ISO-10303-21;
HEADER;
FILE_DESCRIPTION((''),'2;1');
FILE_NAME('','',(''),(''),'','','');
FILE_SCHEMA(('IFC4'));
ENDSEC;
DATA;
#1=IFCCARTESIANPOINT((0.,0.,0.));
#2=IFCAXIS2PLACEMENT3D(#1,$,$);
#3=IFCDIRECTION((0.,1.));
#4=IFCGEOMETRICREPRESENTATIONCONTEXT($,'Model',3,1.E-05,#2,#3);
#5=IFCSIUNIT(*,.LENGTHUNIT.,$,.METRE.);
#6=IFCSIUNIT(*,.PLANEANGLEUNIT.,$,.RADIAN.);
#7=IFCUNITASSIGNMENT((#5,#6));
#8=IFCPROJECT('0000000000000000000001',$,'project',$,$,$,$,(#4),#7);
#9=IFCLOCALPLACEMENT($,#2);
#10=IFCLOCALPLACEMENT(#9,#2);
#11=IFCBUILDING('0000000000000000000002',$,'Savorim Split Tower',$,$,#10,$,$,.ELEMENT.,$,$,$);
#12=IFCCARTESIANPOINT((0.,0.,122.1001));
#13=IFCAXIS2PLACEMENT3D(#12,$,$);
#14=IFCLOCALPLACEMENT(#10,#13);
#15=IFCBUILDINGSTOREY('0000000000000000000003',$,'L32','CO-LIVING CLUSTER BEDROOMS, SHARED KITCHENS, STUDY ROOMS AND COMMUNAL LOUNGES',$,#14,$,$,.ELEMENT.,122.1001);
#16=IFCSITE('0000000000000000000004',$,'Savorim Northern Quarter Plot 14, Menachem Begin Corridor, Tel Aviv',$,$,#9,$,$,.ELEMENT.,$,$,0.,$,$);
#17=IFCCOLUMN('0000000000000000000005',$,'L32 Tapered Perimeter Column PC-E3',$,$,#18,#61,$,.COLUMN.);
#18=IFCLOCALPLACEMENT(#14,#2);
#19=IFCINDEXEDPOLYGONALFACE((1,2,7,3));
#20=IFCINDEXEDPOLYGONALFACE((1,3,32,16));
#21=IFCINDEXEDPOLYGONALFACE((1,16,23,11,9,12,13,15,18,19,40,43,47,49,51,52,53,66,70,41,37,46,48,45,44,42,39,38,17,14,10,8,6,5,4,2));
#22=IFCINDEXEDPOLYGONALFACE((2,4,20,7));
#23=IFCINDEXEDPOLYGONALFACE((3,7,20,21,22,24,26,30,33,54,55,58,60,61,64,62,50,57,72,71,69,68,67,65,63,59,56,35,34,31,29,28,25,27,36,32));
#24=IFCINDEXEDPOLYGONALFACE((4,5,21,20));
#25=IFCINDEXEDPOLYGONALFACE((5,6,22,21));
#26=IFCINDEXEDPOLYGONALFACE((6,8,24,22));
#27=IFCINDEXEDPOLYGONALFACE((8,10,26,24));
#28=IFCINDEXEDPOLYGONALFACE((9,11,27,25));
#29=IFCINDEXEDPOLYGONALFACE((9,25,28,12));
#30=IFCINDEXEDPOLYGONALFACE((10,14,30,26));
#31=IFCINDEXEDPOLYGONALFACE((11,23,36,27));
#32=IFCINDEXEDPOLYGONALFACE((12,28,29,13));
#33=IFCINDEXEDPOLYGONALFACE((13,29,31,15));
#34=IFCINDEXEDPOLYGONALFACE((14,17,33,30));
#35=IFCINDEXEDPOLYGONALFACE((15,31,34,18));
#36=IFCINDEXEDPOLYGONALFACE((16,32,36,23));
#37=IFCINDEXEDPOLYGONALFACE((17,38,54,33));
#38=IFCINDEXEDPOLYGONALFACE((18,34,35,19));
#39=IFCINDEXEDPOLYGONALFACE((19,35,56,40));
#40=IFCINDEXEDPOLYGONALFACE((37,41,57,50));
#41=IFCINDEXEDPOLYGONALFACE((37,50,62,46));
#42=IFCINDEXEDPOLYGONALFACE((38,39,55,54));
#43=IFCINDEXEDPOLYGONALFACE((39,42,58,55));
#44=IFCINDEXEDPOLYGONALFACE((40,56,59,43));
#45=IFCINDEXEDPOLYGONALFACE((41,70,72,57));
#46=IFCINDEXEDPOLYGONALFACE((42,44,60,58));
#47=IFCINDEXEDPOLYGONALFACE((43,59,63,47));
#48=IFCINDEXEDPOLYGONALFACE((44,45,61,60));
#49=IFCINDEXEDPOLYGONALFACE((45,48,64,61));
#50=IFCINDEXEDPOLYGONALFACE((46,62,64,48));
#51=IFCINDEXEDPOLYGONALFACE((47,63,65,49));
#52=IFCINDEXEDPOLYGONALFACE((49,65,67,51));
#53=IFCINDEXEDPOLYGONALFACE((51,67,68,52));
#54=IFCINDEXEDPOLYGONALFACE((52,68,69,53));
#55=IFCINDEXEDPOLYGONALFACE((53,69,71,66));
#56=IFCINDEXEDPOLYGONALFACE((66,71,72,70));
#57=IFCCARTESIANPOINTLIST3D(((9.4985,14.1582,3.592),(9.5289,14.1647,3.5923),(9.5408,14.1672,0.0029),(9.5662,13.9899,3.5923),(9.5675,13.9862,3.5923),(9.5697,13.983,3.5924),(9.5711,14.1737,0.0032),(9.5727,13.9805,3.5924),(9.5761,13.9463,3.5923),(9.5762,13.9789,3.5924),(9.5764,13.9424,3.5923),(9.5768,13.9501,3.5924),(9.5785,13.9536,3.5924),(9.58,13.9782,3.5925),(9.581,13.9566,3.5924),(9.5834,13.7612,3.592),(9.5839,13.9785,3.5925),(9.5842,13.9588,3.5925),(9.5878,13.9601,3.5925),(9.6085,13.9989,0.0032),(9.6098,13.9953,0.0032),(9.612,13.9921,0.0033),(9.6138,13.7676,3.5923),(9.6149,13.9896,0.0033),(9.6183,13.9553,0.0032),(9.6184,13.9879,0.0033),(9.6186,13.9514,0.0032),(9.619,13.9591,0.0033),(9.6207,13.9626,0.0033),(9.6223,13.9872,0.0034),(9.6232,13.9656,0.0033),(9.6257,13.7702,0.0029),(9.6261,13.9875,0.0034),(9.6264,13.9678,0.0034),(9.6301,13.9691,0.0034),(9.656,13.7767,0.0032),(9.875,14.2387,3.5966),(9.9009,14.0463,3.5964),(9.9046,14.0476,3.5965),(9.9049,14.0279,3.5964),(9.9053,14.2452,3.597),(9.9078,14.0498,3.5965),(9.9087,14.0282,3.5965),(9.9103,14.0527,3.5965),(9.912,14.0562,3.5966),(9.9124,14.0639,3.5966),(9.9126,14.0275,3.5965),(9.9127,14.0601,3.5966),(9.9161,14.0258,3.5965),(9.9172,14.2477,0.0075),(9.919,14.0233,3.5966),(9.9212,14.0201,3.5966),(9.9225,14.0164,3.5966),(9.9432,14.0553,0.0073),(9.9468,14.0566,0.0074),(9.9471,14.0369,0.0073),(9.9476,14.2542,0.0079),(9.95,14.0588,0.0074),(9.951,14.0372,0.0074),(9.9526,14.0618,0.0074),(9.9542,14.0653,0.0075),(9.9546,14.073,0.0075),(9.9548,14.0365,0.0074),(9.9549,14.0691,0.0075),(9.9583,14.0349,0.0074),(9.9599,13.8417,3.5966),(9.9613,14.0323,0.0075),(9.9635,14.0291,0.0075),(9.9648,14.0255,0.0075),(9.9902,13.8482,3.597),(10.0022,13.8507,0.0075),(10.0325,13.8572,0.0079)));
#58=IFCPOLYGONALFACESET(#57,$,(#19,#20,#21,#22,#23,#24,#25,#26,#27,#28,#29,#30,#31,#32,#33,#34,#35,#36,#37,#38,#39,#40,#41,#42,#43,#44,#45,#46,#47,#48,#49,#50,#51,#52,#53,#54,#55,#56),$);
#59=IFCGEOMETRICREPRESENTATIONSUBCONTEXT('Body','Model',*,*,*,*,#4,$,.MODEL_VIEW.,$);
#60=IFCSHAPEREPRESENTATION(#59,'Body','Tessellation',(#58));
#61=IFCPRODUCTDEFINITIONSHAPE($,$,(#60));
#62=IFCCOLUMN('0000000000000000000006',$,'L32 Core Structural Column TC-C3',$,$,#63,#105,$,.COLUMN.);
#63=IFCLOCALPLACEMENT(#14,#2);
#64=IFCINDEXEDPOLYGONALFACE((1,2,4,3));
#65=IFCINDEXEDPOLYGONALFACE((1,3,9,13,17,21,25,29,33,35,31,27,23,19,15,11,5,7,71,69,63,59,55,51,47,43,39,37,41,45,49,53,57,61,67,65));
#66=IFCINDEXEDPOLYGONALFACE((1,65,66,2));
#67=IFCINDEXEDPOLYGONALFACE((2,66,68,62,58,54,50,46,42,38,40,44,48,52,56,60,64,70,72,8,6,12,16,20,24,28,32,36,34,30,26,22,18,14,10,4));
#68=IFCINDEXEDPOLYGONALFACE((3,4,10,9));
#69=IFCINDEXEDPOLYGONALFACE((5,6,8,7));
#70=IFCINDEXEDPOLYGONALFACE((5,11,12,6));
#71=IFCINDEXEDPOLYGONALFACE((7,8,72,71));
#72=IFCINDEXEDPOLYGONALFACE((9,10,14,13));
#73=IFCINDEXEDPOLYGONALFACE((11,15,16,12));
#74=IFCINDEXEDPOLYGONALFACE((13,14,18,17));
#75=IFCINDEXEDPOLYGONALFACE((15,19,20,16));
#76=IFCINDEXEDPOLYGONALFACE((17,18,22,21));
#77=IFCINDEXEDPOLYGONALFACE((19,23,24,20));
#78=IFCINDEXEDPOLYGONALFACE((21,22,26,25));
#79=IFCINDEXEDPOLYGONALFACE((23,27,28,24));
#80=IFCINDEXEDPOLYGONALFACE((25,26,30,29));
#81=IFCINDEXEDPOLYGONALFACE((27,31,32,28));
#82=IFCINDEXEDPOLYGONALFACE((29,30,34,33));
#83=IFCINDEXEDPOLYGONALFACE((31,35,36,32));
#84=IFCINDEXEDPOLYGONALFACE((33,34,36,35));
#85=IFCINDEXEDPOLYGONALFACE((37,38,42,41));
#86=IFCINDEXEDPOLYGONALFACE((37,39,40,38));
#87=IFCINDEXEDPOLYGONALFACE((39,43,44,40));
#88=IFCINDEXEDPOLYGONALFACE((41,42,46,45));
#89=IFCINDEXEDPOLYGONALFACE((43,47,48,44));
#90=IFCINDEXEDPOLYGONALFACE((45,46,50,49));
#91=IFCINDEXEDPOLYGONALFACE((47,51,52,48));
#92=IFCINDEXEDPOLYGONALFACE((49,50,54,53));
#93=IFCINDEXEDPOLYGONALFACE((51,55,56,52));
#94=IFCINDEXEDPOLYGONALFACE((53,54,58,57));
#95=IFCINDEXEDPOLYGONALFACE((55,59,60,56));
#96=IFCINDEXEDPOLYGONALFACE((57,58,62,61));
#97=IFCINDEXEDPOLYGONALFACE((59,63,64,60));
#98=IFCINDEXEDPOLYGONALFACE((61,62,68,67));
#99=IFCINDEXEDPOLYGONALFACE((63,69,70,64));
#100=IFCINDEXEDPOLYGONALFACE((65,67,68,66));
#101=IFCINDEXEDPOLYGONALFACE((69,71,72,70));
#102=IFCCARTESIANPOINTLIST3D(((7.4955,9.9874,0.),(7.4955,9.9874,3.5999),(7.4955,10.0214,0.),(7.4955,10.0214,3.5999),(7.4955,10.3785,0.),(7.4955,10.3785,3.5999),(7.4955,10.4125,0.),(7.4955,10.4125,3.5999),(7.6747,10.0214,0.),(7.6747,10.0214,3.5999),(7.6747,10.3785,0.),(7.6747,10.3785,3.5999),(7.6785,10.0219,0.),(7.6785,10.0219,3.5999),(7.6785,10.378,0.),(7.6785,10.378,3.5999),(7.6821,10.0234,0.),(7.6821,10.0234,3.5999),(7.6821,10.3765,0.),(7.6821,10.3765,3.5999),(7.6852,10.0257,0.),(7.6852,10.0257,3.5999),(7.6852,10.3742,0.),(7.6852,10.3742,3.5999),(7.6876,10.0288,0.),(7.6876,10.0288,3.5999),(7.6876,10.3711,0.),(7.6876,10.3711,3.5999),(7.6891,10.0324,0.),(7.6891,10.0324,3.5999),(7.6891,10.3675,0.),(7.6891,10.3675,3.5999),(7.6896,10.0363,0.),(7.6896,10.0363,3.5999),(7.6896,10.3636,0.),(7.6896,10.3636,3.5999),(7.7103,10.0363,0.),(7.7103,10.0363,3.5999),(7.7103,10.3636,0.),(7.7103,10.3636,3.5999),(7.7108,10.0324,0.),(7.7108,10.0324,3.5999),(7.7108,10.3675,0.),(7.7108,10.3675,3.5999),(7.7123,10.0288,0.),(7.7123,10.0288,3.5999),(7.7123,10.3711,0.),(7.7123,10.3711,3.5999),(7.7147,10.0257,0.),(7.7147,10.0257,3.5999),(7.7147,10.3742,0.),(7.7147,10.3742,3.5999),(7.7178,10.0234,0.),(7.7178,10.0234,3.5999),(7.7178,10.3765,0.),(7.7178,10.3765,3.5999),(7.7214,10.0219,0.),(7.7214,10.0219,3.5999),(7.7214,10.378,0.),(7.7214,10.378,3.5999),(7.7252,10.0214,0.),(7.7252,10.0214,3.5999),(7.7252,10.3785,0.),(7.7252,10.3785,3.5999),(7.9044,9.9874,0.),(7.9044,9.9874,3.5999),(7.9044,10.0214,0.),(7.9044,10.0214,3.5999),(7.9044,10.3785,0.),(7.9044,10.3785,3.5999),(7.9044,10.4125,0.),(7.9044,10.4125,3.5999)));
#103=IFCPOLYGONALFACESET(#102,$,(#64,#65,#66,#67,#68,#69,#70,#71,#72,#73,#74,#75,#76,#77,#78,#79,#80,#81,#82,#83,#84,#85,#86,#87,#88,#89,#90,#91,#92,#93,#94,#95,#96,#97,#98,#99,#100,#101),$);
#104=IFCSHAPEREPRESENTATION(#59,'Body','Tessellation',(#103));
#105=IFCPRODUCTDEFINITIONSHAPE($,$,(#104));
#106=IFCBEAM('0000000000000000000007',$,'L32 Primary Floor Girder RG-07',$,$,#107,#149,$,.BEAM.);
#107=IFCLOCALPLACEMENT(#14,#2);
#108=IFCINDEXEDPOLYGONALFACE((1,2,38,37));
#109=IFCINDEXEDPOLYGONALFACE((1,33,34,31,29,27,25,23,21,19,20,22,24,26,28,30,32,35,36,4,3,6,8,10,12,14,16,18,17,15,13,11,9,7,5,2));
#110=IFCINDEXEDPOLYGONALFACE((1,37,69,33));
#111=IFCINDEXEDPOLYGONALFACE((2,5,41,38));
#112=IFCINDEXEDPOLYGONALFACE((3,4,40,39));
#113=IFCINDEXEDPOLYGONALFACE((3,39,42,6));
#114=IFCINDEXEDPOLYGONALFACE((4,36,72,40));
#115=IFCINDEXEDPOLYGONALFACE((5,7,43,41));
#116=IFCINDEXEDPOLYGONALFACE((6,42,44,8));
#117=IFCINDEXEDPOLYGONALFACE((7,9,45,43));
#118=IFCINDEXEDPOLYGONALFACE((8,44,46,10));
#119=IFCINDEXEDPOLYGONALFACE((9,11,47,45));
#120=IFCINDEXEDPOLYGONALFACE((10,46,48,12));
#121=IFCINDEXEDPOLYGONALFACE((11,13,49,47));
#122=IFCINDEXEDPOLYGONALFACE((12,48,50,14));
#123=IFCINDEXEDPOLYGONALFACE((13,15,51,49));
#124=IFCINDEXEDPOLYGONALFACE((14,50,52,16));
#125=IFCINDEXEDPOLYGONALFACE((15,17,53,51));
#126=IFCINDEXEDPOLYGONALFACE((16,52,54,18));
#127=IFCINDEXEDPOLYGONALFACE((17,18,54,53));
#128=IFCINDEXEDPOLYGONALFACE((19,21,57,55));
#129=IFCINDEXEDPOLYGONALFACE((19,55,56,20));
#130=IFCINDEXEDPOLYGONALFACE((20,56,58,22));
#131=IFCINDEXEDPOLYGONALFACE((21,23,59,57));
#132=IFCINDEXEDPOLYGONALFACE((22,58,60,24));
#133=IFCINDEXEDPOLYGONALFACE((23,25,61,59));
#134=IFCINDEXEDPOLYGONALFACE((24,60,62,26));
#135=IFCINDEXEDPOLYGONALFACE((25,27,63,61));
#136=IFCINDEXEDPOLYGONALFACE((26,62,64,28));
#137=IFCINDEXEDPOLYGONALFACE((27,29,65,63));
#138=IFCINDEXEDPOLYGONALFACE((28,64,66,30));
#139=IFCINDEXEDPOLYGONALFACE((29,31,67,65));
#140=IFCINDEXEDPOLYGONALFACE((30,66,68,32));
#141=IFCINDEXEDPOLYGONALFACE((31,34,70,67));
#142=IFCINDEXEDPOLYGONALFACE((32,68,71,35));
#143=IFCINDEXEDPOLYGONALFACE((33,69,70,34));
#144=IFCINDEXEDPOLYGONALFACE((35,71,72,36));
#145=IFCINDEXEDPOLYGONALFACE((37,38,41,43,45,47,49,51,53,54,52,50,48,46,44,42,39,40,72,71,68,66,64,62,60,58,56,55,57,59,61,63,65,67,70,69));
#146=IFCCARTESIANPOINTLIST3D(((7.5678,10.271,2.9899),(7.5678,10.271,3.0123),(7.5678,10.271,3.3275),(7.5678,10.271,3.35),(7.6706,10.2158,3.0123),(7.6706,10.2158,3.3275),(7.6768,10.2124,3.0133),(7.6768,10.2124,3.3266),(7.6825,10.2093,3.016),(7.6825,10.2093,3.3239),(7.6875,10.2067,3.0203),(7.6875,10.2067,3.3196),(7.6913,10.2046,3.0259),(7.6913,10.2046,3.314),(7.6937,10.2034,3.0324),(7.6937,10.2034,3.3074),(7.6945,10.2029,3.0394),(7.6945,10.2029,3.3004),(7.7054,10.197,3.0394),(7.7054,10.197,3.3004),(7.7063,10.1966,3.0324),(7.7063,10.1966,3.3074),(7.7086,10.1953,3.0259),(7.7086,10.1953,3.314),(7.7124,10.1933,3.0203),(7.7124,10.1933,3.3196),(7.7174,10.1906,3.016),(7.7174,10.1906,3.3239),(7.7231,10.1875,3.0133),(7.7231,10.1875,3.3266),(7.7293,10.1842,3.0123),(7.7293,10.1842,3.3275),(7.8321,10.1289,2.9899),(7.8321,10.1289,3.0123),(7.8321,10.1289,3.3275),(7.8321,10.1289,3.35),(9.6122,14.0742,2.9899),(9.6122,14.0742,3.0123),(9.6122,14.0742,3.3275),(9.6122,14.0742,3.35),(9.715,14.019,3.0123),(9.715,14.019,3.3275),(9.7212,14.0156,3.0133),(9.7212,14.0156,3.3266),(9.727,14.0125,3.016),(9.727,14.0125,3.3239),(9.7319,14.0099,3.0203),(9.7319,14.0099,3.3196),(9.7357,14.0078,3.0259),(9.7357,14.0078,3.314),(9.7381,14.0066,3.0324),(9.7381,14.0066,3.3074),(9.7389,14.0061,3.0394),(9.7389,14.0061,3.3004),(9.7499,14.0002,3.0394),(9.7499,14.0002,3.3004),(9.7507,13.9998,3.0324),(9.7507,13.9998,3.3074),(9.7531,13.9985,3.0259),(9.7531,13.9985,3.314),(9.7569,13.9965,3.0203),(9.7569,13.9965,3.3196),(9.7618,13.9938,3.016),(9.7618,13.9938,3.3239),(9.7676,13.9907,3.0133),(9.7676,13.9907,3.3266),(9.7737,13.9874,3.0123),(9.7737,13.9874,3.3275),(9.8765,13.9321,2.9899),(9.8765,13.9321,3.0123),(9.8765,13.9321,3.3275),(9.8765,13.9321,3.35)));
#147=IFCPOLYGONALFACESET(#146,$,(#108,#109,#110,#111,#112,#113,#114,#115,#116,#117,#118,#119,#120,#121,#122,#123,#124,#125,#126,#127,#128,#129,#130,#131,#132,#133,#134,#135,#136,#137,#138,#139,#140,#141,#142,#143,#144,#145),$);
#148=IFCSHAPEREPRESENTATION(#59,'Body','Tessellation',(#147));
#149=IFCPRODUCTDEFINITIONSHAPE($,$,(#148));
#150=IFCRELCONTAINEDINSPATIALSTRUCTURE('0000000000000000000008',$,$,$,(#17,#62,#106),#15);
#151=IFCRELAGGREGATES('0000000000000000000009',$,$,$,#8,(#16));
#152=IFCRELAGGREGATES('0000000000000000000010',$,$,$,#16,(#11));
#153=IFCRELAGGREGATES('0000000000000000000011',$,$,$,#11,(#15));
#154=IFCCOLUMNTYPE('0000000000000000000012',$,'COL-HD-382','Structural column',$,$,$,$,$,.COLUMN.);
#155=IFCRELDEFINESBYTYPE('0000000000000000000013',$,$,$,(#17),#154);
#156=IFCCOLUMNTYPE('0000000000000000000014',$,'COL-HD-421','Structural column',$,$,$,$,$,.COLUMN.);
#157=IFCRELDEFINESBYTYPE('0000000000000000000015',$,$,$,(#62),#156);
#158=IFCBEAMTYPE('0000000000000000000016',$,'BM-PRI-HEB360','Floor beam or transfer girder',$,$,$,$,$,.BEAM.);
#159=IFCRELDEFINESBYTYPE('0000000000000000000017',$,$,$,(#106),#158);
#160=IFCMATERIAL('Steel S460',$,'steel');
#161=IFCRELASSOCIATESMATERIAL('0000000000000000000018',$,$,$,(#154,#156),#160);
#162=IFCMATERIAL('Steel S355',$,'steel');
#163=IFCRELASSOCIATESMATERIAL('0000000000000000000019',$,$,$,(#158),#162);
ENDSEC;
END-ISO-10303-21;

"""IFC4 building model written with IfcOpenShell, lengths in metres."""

from ifc_helpers import new_model, si_unit, direction, frame, origin, origin_2d, place, context, subcontext, project, spatial, i_section, extrude, material, material_profile, profile_set, type_object, element, save


model = new_model("IFC4")

# Units and contexts
model_context = context("Model", 3, precision=1e-05, world=origin(), true_north=direction((0.0, 1.0)))
body_context = subcontext(model_context, "Body", "Model", "MODEL_VIEW")
ifc_project = project(units=[si_unit("LENGTHUNIT", "METRE"), si_unit("PLANEANGLEUNIT", "RADIAN")], contexts=[model_context])

# Site, building, storey
site_placement = place(None, origin())
site = spatial("IfcSite", under=ifc_project, at=site_placement, Name="Savorim Northern Quarter Plot 14, Menachem Begin Corridor, Tel Aviv", CompositionType="ELEMENT", RefElevation=0.0)
building_placement = place(site_placement, origin())
building = spatial("IfcBuilding", under=site, at=building_placement, Name="Savorim Split Tower", CompositionType="ELEMENT")
storey_placement = place(building_placement, frame((0.0, 0.0, 122.1001)))
storey = spatial("IfcBuildingStorey", under=building, at=storey_placement, Name="L32", Description="CO-LIVING CLUSTER BEDROOMS, SHARED KITCHENS, STUDY ROOMS AND COMMUNAL LOUNGES", CompositionType="ELEMENT", Elevation=122.1001)

# Columns
ifc_material_1 = material(Name="Steel S460", Category="steel")
ifc_material_profile_1 = material_profile(ifc_material_1, i_section(OverallWidth=0.406, OverallDepth=0.416, WebThickness=0.0188, FlangeThickness=0.031, FilletRadius=0.0149, at=origin_2d()), Name="HD 400x382")
ifc_profile_set_1 = profile_set([ifc_material_profile_1], Name="Steel S460")
column_type_1 = type_object("IfcColumnType", Name="COL-HD-382", Description="Structural column", PredefinedType="COLUMN", material=ifc_profile_set_1)
column_1_placement = place(storey_placement, frame((9.7866, 14.0122, 0.0054), z_axis=(-0.011767, -0.002517, 0.999928), x_axis=(0.209143, -0.977885, 0.0)))
element("IfcColumn", 1, at=column_1_placement, inside=storey, type_object=column_type_1, Name="L32 Tapered Perimeter Column PC-E3", PredefinedType="COLUMN", context=body_context, shape_type="SweptSolid", body=[
    extrude(i_section(OverallWidth=0.406, OverallDepth=0.416, WebThickness=0.0188, FlangeThickness=0.031, FilletRadius=0.0149, at=origin_2d()), origin(), (0.0, 0.0, 1.0), 3.5894),
])
ifc_material_profile_2 = material_profile(ifc_material_1, i_section(OverallWidth=0.4089, OverallDepth=0.425, WebThickness=0.0208, FlangeThickness=0.0339, FilletRadius=0.0149, at=origin_2d()), Name="HD 400x421")
ifc_profile_set_2 = profile_set([ifc_material_profile_2], Name="Steel S460")
column_type_2 = type_object("IfcColumnType", Name="COL-HD-421", Description="Structural column", PredefinedType="COLUMN", material=ifc_profile_set_2)
column_2_placement = place(storey_placement, frame((7.7, 10.2, 0.0), z_axis=(0.0, 0.0, 1.0), x_axis=(1.0, 0.0, 0.0)))
element("IfcColumn", 2, at=column_2_placement, inside=storey, type_object=column_type_2, Name="L32 Core Structural Column TC-C3", PredefinedType="COLUMN", context=body_context, shape_type="SweptSolid", body=[
    extrude(i_section(OverallWidth=0.4089, OverallDepth=0.425, WebThickness=0.0208, FlangeThickness=0.0339, FilletRadius=0.0149, at=origin_2d()), origin(), (0.0, 0.0, 1.0), 3.5999),
])

# Beam
ifc_material_2 = material(Name="Steel S355", Category="steel")
ifc_material_profile_3 = material_profile(ifc_material_2, i_section(OverallWidth=0.3, OverallDepth=0.3601, WebThickness=0.0125, FlangeThickness=0.0225, FilletRadius=0.0271, at=origin_2d()), Name="HEB 360")
ifc_profile_set_3 = profile_set([ifc_material_profile_3], Name="Steel S355")
beam_type_1 = type_object("IfcBeamType", Name="BM-PRI-HEB360", Description="Floor beam or transfer girder", PredefinedType="BEAM", material=ifc_profile_set_3)
beam_1_placement = place(storey_placement, frame((9.7444, 14.0032, 3.1699), z_axis=(-0.473479, -0.880805, 0.0), x_axis=(0.880805, -0.473479, 0.0)))
element("IfcBeam", 3, at=beam_1_placement, inside=storey, type_object=beam_type_1, Name="L32 Primary Floor Girder RG-07", PredefinedType="BEAM", context=body_context, shape_type="SweptSolid", body=[
    extrude(i_section(OverallWidth=0.3, OverallDepth=0.3601, WebThickness=0.0125, FlangeThickness=0.0225, FilletRadius=0.0271, at=origin_2d()), origin(), (0.0, 0.0, 1.0), 4.3179),
])

save(model, "model.ifc")
